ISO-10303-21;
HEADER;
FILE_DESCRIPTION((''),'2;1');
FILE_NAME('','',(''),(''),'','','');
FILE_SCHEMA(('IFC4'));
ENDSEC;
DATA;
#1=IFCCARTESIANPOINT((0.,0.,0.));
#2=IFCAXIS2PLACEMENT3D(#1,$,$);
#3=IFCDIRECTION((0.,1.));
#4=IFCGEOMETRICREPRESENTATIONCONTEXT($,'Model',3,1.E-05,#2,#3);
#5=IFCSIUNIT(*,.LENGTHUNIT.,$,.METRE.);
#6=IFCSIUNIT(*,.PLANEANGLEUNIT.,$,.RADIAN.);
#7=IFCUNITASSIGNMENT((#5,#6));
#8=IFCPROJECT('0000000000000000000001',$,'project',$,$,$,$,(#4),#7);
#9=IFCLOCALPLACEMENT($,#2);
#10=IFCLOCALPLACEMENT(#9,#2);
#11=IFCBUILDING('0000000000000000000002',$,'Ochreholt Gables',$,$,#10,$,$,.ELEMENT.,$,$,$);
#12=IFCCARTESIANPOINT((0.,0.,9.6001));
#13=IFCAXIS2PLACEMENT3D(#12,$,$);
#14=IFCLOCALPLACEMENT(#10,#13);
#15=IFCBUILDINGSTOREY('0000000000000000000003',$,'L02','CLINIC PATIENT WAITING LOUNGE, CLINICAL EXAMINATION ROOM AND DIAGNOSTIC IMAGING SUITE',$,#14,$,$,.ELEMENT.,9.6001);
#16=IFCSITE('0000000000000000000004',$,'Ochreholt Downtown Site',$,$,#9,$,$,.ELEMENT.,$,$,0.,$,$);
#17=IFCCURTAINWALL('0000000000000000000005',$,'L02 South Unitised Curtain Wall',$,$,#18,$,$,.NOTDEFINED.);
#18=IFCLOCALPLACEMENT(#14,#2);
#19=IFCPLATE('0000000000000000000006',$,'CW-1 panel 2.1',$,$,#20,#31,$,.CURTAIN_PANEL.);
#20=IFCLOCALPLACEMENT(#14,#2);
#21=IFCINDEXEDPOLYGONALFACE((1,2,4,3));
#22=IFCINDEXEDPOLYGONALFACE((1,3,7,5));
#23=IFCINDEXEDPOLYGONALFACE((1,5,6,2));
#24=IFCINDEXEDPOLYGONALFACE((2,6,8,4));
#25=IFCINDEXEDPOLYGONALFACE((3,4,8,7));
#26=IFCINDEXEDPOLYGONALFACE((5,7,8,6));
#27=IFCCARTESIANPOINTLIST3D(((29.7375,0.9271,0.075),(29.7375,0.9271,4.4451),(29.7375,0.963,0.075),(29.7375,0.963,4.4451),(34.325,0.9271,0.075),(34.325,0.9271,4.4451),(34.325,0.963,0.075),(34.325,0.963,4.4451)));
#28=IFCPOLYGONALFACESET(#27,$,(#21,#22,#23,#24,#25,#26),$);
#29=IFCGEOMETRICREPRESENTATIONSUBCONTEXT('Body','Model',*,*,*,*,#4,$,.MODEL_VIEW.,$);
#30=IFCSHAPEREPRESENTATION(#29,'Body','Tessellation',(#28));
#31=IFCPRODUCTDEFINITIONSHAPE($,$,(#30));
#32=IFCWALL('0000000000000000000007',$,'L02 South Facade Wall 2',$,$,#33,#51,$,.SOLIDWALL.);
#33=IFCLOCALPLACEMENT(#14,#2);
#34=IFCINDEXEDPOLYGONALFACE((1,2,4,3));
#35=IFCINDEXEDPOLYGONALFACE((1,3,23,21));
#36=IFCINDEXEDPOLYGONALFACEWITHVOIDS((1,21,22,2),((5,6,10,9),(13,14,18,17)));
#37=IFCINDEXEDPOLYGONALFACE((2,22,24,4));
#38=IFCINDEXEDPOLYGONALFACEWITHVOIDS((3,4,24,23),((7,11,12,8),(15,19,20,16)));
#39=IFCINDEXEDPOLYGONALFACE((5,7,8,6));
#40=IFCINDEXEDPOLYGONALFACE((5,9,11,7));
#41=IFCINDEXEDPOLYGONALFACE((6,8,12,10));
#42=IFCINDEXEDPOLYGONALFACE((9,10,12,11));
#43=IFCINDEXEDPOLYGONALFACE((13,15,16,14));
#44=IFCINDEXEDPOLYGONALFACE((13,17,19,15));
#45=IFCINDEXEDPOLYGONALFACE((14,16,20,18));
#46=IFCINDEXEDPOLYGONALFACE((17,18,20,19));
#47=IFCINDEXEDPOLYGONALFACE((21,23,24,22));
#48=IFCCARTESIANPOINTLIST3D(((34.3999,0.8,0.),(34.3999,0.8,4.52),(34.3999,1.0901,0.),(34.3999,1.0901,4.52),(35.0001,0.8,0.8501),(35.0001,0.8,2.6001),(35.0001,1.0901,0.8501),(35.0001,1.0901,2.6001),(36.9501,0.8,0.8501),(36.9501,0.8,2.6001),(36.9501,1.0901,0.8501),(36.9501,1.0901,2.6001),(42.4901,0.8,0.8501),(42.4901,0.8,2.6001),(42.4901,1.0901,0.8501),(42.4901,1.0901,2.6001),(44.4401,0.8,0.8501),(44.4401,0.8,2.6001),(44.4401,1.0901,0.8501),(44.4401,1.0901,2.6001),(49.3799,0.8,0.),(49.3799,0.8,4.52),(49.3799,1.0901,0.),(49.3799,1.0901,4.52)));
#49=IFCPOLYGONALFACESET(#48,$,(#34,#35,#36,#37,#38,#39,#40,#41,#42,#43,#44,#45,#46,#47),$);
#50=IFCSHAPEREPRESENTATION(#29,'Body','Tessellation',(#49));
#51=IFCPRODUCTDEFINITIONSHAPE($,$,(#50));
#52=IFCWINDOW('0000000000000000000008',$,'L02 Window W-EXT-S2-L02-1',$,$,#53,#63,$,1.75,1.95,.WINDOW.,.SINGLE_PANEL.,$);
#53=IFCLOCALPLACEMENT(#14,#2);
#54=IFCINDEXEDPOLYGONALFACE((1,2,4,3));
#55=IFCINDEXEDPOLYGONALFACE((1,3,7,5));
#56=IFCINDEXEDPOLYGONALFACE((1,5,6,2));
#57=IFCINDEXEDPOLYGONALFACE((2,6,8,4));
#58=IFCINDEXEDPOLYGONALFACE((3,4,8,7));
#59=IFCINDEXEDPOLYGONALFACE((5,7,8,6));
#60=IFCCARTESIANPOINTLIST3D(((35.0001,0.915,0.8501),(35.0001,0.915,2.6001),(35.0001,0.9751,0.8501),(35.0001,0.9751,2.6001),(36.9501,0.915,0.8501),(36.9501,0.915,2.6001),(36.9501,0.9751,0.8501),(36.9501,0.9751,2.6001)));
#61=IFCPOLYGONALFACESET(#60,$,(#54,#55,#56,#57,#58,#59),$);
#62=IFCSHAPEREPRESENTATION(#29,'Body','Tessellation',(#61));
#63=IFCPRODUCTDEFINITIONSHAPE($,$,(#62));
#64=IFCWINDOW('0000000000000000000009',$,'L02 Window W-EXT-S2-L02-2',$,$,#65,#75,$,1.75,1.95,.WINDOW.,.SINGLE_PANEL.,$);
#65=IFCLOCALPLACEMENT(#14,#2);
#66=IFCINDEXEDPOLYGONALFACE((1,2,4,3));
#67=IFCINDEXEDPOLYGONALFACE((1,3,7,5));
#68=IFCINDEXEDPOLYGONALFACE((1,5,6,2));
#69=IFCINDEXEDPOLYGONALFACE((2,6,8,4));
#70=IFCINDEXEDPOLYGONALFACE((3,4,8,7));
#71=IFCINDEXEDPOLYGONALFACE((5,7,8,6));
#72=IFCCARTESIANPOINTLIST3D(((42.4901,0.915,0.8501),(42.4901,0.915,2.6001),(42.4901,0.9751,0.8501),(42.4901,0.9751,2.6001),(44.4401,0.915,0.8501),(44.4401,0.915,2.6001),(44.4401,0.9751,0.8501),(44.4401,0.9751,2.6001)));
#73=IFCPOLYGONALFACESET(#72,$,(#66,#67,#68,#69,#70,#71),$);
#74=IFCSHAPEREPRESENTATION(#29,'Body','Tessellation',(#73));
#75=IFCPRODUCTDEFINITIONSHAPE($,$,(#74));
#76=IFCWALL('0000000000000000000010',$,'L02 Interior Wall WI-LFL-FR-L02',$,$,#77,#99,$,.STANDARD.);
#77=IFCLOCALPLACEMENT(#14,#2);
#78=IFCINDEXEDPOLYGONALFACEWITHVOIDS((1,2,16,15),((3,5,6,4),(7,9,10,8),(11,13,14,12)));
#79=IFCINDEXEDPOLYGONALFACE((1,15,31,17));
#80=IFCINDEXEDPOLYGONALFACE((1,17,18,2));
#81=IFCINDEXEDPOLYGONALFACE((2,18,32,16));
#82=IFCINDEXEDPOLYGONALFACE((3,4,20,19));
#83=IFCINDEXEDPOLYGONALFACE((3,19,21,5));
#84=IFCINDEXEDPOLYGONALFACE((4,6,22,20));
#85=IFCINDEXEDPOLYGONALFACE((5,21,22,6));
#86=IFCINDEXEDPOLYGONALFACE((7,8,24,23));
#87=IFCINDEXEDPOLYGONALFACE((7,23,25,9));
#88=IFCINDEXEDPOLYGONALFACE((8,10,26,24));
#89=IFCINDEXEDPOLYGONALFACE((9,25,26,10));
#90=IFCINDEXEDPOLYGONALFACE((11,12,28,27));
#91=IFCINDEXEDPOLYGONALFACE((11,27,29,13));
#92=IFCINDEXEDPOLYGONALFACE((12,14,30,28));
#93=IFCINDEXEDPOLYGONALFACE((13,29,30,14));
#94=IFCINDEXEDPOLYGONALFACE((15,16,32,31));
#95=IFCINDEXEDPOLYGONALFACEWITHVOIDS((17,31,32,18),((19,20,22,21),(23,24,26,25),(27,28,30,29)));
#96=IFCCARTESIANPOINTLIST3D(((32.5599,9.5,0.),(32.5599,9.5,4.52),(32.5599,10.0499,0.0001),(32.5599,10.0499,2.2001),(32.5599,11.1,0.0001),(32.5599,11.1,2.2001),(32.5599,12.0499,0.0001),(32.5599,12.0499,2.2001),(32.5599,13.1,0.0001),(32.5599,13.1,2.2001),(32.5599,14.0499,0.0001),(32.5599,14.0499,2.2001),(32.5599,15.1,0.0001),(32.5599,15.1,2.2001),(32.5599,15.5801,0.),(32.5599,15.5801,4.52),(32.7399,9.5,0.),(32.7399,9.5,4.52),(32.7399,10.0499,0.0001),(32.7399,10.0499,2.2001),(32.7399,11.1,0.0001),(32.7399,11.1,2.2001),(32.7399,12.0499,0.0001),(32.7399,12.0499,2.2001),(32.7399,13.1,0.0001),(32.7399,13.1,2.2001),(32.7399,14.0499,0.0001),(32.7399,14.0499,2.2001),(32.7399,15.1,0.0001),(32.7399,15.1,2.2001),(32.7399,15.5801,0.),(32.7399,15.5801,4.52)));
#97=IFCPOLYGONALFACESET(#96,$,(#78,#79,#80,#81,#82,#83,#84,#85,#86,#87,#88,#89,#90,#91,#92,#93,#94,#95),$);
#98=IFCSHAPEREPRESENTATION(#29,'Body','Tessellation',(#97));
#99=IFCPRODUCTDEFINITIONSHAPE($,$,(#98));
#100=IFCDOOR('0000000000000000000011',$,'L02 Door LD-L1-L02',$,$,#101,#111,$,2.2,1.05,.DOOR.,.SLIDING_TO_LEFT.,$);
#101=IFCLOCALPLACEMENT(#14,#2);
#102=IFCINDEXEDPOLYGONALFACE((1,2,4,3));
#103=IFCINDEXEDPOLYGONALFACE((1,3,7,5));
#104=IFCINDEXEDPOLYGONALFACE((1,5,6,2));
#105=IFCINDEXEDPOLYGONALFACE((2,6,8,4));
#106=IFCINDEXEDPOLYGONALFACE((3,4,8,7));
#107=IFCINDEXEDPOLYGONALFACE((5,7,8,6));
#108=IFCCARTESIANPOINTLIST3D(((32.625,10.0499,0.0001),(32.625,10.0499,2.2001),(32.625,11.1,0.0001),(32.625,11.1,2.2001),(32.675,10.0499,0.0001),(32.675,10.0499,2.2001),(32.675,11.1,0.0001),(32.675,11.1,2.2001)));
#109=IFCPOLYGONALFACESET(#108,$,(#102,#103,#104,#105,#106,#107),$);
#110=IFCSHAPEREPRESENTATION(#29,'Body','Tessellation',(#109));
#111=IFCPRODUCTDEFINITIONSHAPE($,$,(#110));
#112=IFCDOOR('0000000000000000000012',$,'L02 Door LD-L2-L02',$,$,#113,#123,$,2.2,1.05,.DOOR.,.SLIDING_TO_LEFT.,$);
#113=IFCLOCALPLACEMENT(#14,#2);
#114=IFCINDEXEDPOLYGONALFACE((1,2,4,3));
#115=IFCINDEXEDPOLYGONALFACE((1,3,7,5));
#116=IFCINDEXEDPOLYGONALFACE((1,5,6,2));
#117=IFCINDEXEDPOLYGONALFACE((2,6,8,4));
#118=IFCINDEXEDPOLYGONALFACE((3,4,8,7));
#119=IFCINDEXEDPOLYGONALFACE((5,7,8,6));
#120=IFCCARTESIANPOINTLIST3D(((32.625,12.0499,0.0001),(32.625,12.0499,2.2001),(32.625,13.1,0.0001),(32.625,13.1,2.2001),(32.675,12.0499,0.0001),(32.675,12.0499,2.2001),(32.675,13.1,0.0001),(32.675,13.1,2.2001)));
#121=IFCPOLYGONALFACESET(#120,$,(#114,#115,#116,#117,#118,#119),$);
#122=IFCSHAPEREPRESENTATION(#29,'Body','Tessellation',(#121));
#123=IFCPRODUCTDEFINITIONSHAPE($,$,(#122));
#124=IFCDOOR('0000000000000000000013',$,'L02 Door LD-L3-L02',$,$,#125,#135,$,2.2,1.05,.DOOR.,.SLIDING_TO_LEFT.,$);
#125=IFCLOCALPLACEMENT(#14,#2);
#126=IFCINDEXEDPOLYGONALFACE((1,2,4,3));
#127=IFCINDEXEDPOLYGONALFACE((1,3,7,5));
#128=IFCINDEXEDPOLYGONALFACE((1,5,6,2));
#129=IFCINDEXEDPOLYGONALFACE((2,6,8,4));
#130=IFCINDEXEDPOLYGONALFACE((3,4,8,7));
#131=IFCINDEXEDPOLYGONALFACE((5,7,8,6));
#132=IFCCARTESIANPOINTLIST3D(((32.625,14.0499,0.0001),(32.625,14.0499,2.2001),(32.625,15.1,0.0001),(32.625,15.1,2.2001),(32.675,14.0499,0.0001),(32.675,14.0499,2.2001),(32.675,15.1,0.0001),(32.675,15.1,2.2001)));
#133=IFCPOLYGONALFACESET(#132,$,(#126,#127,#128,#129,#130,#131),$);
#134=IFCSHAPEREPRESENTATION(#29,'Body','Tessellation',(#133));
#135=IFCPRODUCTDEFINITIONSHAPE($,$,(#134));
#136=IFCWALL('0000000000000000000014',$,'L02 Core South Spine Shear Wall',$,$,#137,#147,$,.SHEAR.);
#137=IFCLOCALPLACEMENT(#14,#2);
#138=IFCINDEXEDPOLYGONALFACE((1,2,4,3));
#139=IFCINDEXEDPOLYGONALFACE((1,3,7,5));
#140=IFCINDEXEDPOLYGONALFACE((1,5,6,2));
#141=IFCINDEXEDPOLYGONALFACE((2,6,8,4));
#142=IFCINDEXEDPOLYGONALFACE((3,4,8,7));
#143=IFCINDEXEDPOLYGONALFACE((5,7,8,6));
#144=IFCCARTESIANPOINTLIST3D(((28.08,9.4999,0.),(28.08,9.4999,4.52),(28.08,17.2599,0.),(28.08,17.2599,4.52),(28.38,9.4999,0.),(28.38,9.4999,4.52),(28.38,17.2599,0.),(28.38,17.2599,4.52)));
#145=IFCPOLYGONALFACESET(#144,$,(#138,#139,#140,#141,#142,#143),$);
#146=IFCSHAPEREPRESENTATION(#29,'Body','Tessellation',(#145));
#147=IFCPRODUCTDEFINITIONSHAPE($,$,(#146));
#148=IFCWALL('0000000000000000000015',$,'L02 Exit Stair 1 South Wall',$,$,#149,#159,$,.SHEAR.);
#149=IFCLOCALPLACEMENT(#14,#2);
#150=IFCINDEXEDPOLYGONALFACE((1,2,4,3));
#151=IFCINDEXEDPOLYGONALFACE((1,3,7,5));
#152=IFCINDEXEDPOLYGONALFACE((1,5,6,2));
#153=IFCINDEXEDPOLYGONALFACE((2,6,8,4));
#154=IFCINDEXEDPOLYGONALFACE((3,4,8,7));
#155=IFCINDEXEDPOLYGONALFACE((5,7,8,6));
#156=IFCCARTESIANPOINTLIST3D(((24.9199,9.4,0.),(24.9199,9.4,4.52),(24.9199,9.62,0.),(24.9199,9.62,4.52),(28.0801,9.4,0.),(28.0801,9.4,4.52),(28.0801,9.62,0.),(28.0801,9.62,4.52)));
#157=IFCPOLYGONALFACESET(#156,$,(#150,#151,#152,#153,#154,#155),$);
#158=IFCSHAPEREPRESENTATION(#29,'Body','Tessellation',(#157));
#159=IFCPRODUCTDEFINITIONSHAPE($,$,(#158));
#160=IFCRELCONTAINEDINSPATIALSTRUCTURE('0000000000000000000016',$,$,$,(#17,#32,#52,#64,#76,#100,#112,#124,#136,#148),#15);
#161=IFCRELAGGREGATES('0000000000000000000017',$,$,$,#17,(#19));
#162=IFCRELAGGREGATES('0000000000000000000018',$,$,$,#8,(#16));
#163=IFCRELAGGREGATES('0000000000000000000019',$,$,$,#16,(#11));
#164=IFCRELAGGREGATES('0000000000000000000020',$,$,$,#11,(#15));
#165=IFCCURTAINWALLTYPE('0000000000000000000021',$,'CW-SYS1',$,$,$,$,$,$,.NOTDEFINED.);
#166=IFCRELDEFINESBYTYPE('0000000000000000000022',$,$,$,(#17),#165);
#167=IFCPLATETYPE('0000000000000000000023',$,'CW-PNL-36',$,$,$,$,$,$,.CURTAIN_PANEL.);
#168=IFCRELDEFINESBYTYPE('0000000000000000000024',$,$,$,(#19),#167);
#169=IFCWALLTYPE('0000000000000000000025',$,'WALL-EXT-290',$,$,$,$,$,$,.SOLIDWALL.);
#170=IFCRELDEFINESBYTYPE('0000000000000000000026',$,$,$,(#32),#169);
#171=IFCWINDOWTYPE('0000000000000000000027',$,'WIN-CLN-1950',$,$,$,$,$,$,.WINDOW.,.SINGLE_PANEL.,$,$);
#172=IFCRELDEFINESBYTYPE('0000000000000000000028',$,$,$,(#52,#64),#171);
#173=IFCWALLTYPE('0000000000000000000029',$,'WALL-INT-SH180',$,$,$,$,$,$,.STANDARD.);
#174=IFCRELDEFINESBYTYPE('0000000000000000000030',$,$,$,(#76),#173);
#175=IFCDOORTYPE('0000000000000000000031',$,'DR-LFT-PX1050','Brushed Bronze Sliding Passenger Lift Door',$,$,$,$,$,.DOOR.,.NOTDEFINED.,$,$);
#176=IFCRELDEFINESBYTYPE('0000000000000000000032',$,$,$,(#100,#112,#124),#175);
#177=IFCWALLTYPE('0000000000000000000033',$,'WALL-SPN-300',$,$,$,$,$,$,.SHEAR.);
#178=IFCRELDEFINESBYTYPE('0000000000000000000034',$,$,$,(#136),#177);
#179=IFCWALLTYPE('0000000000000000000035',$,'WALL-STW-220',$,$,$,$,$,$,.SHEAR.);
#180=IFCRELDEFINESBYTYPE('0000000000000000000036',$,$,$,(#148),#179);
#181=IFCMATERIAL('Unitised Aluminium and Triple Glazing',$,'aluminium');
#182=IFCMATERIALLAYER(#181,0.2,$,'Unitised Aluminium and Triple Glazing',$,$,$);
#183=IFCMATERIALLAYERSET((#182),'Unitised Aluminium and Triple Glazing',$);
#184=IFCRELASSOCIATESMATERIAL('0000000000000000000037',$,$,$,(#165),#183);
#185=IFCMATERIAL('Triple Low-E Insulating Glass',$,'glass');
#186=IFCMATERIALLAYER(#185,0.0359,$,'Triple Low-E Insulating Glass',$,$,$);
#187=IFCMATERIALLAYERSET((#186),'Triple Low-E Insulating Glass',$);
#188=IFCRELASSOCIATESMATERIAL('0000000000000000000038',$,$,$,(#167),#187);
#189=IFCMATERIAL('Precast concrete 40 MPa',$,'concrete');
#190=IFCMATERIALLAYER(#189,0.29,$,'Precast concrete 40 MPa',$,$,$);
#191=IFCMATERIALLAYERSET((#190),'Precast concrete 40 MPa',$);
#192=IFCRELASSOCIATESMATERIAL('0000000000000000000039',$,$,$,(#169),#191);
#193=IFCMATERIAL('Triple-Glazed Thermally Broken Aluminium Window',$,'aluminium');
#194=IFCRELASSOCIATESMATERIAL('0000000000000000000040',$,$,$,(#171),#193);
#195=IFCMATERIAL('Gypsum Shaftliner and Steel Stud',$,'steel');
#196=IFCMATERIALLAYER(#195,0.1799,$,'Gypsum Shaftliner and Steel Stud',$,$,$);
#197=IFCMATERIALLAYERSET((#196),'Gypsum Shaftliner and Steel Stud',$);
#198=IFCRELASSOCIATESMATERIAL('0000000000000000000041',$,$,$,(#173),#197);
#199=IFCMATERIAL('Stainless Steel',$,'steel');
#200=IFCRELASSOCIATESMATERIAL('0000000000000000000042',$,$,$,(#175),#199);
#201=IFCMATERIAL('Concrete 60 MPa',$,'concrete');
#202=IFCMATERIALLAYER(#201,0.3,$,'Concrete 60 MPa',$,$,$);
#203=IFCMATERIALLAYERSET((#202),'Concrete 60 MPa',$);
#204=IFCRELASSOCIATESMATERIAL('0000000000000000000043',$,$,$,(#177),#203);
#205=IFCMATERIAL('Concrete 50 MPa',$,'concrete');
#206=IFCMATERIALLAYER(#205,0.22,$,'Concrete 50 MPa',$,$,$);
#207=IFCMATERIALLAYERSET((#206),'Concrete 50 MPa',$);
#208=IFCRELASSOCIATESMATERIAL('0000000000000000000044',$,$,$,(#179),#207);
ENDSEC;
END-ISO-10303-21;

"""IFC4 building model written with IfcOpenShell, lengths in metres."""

from ifc_helpers import new_model, si_unit, direction, frame, frame_2d, origin, origin_2d, place, context, subcontext, project, spatial, rectangle, extrude, material, layer, layer_set, type_object, element, fill, aggregate, save


model = new_model("IFC4")

# Units and contexts
model_context = context("Model", 3, precision=1e-05, world=origin(), true_north=direction((0.0, 1.0)))
body_context = subcontext(model_context, "Body", "Model", "MODEL_VIEW")
ifc_project = project(units=[si_unit("LENGTHUNIT", "METRE"), si_unit("PLANEANGLEUNIT", "RADIAN")], contexts=[model_context])

# Site, building, storey
site_placement = place(None, origin())
site = spatial("IfcSite", under=ifc_project, at=site_placement, Name="Ochreholt Downtown Site", CompositionType="ELEMENT", RefElevation=0.0)
building_placement = place(site_placement, origin())
building = spatial("IfcBuilding", under=site, at=building_placement, Name="Ochreholt Gables", CompositionType="ELEMENT")
storey_placement = place(building_placement, frame((0.0, 0.0, 9.6001)))
storey = spatial("IfcBuildingStorey", under=building, at=storey_placement, Name="L02", Description="CLINIC PATIENT WAITING LOUNGE, CLINICAL EXAMINATION ROOM AND DIAGNOSTIC IMAGING SUITE", CompositionType="ELEMENT", Elevation=9.6001)

# Shared definitions
ifc_material_1 = material(Name="Concrete 60 MPa", Category="concrete")

# Curtain wall, plate
ifc_material_2 = material(Name="Unitised Aluminium and Triple Glazing", Category="aluminium")
ifc_layer_1 = layer(ifc_material_2, 0.2, Name="Unitised Aluminium and Triple Glazing")
ifc_layer_set_1 = layer_set([ifc_layer_1], Name="Unitised Aluminium and Triple Glazing")
curtain_wall_type = type_object("IfcCurtainWallType", Name="CW-SYS1", PredefinedType="NOTDEFINED", material=ifc_layer_set_1)
curtain_wall_placement = place(storey_placement, origin())
curtain_wall = element("IfcCurtainWall", 1, at=curtain_wall_placement, inside=storey, type_object=curtain_wall_type, Name="L02 South Unitised Curtain Wall", PredefinedType="NOTDEFINED")
ifc_material_3 = material(Name="Triple Low-E Insulating Glass", Category="glass")
ifc_layer_2 = layer(ifc_material_3, 0.0359, Name="Triple Low-E Insulating Glass")
ifc_layer_set_2 = layer_set([ifc_layer_2], Name="Triple Low-E Insulating Glass")
plate_type = type_object("IfcPlateType", Name="CW-PNL-36", PredefinedType="CURTAIN_PANEL", material=ifc_layer_set_2)
plate_1_placement = place(storey_placement, frame((32.0312, 0.9451, 0.075), z_axis=(0.0, 0.0, 1.0), x_axis=(1.0, 0.0, 0.0)))
plate_1 = element("IfcPlate", 2, at=plate_1_placement, type_object=plate_type, Name="CW-1 panel 2.1", PredefinedType="CURTAIN_PANEL", context=body_context, shape_type="SweptSolid", body=[
    extrude(rectangle(XDim=4.5874, YDim=0.0359, at=origin_2d()), origin(), (0.0, 0.0, 1.0), 4.3701),
])
aggregate(curtain_wall, [plate_1])

# Wall, openings, windows
ifc_material_4 = material(Name="Precast concrete 40 MPa", Category="concrete")
ifc_layer_3 = layer(ifc_material_4, 0.29, Name="Precast concrete 40 MPa")
ifc_layer_set_3 = layer_set([ifc_layer_3], Name="Precast concrete 40 MPa")
wall_type_1 = type_object("IfcWallType", Name="WALL-EXT-290", PredefinedType="SOLIDWALL", material=ifc_layer_set_3)
wall_1_placement = place(storey_placement, frame((34.3999, 0.9451, 0.0), z_axis=(0.0, 0.0, 1.0), x_axis=(1.0, 0.0, 0.0)))
wall_1 = element("IfcWall", 3, at=wall_1_placement, inside=storey, type_object=wall_type_1, Name="L02 South Facade Wall 2", PredefinedType="SOLIDWALL", context=body_context, shape_type="SweptSolid", body=[
    extrude(rectangle(XDim=14.98, YDim=0.29, at=frame_2d((7.49, 0.0))), origin(), (0.0, 0.0, 1.0), 4.52),
])
opening_1_placement = place(wall_1_placement, frame((0.6001, 0.0, 0.8501)))
opening_1 = element("IfcOpeningElement", 4, at=opening_1_placement, cuts=wall_1, PredefinedType="OPENING", context=body_context, shape_type="SweptSolid", body=[
    extrude(rectangle(XDim=1.95, YDim=1.75, at=frame_2d((0.9751, 0.875))), frame((0.0, 0.155, 0.0), z_axis=(0.0, -1.0, 0.0), x_axis=(1.0, 0.0, 0.0)), (0.0, 0.0, 1.0), 0.3101),
])
opening_2_placement = place(wall_1_placement, frame((8.0901, 0.0, 0.8501)))
opening_2 = element("IfcOpeningElement", 5, at=opening_2_placement, cuts=wall_1, PredefinedType="OPENING", context=body_context, shape_type="SweptSolid", body=[
    extrude(rectangle(XDim=1.95, YDim=1.75, at=frame_2d((0.9751, 0.875))), frame((0.0, 0.155, 0.0), z_axis=(0.0, -1.0, 0.0), x_axis=(1.0, 0.0, 0.0)), (0.0, 0.0, 1.0), 0.3101),
])
ifc_material_5 = material(Name="Triple-Glazed Thermally Broken Aluminium Window", Category="aluminium")
window_type = type_object("IfcWindowType", Name="WIN-CLN-1950", PartitioningType="SINGLE_PANEL", PredefinedType="WINDOW", material=ifc_material_5)
window_1_placement = place(opening_1_placement, origin())
window_1 = element("IfcWindow", 6, at=window_1_placement, inside=storey, type_object=window_type, Name="L02 Window W-EXT-S2-L02-1", OverallHeight=1.75, OverallWidth=1.95, PartitioningType="SINGLE_PANEL", PredefinedType="WINDOW", context=body_context, shape_type="SweptSolid", body=[
    extrude(rectangle(XDim=1.95, YDim=1.75, at=frame_2d((0.9751, 0.875))), frame((0.0, 0.03, 0.0), z_axis=(0.0, -1.0, 0.0), x_axis=(1.0, 0.0, 0.0)), (0.0, 0.0, 1.0), 0.0601),
])
fill(opening_1, window_1)
window_2_placement = place(opening_2_placement, origin())
window_2 = element("IfcWindow", 7, at=window_2_placement, inside=storey, type_object=window_type, Name="L02 Window W-EXT-S2-L02-2", OverallHeight=1.75, OverallWidth=1.95, PartitioningType="SINGLE_PANEL", PredefinedType="WINDOW", context=body_context, shape_type="SweptSolid", body=[
    extrude(rectangle(XDim=1.95, YDim=1.75, at=frame_2d((0.9751, 0.875))), frame((0.0, 0.03, 0.0), z_axis=(0.0, -1.0, 0.0), x_axis=(1.0, 0.0, 0.0)), (0.0, 0.0, 1.0), 0.0601),
])
fill(opening_2, window_2)

# Wall, openings, doors
ifc_material_6 = material(Name="Gypsum Shaftliner and Steel Stud", Category="steel")
ifc_layer_4 = layer(ifc_material_6, 0.1799, Name="Gypsum Shaftliner and Steel Stud")
ifc_layer_set_4 = layer_set([ifc_layer_4], Name="Gypsum Shaftliner and Steel Stud")
wall_type_2 = type_object("IfcWallType", Name="WALL-INT-SH180", PredefinedType="STANDARD", material=ifc_layer_set_4)
wall_2_placement = place(storey_placement, frame((32.6499, 9.5, 0.0), z_axis=(0.0, 0.0, 1.0), x_axis=(0.0, 1.0, 0.0)))
wall_2 = element("IfcWall", 8, at=wall_2_placement, inside=storey, type_object=wall_type_2, Name="L02 Interior Wall WI-LFL-FR-L02", PredefinedType="STANDARD", context=body_context, shape_type="SweptSolid", body=[
    extrude(rectangle(XDim=6.0801, YDim=0.1799, at=frame_2d((3.04, 0.0))), origin(), (0.0, 0.0, 1.0), 4.52),
])
opening_3_placement = place(wall_2_placement, frame((0.55, 0.0, 0.0)))
opening_3 = element("IfcOpeningElement", 9, at=opening_3_placement, cuts=wall_2, PredefinedType="OPENING", context=body_context, shape_type="SweptSolid", body=[
    extrude(rectangle(XDim=1.05, YDim=2.2, at=frame_2d((0.5249, 1.1001))), frame((0.0, 0.0999, 0.0), z_axis=(0.0, -1.0, 0.0), x_axis=(1.0, 0.0, 0.0)), (0.0, 0.0, 1.0), 0.2),
])
opening_4_placement = place(wall_2_placement, frame((2.55, 0.0, 0.0)))
opening_4 = element("IfcOpeningElement", 10, at=opening_4_placement, cuts=wall_2, PredefinedType="OPENING", context=body_context, shape_type="SweptSolid", body=[
    extrude(rectangle(XDim=1.05, YDim=2.2, at=frame_2d((0.5249, 1.1001))), frame((0.0, 0.0999, 0.0), z_axis=(0.0, -1.0, 0.0), x_axis=(1.0, 0.0, 0.0)), (0.0, 0.0, 1.0), 0.2),
])
opening_5_placement = place(wall_2_placement, frame((4.55, 0.0, 0.0)))
opening_5 = element("IfcOpeningElement", 11, at=opening_5_placement, cuts=wall_2, PredefinedType="OPENING", context=body_context, shape_type="SweptSolid", body=[
    extrude(rectangle(XDim=1.05, YDim=2.2, at=frame_2d((0.5249, 1.1001))), frame((0.0, 0.0999, 0.0), z_axis=(0.0, -1.0, 0.0), x_axis=(1.0, 0.0, 0.0)), (0.0, 0.0, 1.0), 0.2),
])
ifc_material_7 = material(Name="Stainless Steel", Category="steel")
door_type = type_object("IfcDoorType", Name="DR-LFT-PX1050", Description="Brushed Bronze Sliding Passenger Lift Door", OperationType="NOTDEFINED", PredefinedType="DOOR", material=ifc_material_7)
door_1_placement = place(opening_3_placement, origin())
door_1 = element("IfcDoor", 12, at=door_1_placement, inside=storey, type_object=door_type, Name="L02 Door LD-L1-L02", OperationType="SLIDING_TO_LEFT", OverallHeight=2.2, OverallWidth=1.05, PredefinedType="DOOR", context=body_context, shape_type="SweptSolid", body=[
    extrude(rectangle(XDim=1.05, YDim=2.2, at=frame_2d((0.5249, 1.1001))), frame((0.0, 0.0249, 0.0), z_axis=(0.0, -1.0, 0.0), x_axis=(1.0, 0.0, 0.0)), (0.0, 0.0, 1.0), 0.05),
])
fill(opening_3, door_1)
door_2_placement = place(opening_4_placement, origin())
door_2 = element("IfcDoor", 13, at=door_2_placement, inside=storey, type_object=door_type, Name="L02 Door LD-L2-L02", OperationType="SLIDING_TO_LEFT", OverallHeight=2.2, OverallWidth=1.05, PredefinedType="DOOR", context=body_context, shape_type="SweptSolid", body=[
    extrude(rectangle(XDim=1.05, YDim=2.2, at=frame_2d((0.5249, 1.1001))), frame((0.0, 0.0249, 0.0), z_axis=(0.0, -1.0, 0.0), x_axis=(1.0, 0.0, 0.0)), (0.0, 0.0, 1.0), 0.05),
])
fill(opening_4, door_2)
door_3_placement = place(opening_5_placement, origin())
door_3 = element("IfcDoor", 14, at=door_3_placement, inside=storey, type_object=door_type, Name="L02 Door LD-L3-L02", OperationType="SLIDING_TO_LEFT", OverallHeight=2.2, OverallWidth=1.05, PredefinedType="DOOR", context=body_context, shape_type="SweptSolid", body=[
    extrude(rectangle(XDim=1.05, YDim=2.2, at=frame_2d((0.5249, 1.1001))), frame((0.0, 0.0249, 0.0), z_axis=(0.0, -1.0, 0.0), x_axis=(1.0, 0.0, 0.0)), (0.0, 0.0, 1.0), 0.05),
])
fill(opening_5, door_3)

# Walls
ifc_layer_5 = layer(ifc_material_1, 0.3, Name="Concrete 60 MPa")
ifc_layer_set_5 = layer_set([ifc_layer_5], Name="Concrete 60 MPa")
wall_type_3 = type_object("IfcWallType", Name="WALL-SPN-300", PredefinedType="SHEAR", material=ifc_layer_set_5)
wall_3_placement = place(storey_placement, frame((28.23, 9.5, 0.0), z_axis=(0.0, 0.0, 1.0), x_axis=(0.0, 1.0, 0.0)))
element("IfcWall", 15, at=wall_3_placement, inside=storey, type_object=wall_type_3, Name="L02 Core South Spine Shear Wall", PredefinedType="SHEAR", context=body_context, shape_type="SweptSolid", body=[
    extrude(rectangle(XDim=7.76, YDim=0.3, at=frame_2d((3.8799, 0.0))), origin(), (0.0, 0.0, 1.0), 4.52),
])
ifc_material_8 = material(Name="Concrete 50 MPa", Category="concrete")
ifc_layer_6 = layer(ifc_material_8, 0.22, Name="Concrete 50 MPa")
ifc_layer_set_6 = layer_set([ifc_layer_6], Name="Concrete 50 MPa")
wall_type_4 = type_object("IfcWallType", Name="WALL-STW-220", PredefinedType="SHEAR", material=ifc_layer_set_6)
wall_4_placement = place(storey_placement, frame((24.9199, 9.51, 0.0), z_axis=(0.0, 0.0, 1.0), x_axis=(1.0, 0.0, 0.0)))
element("IfcWall", 16, at=wall_4_placement, inside=storey, type_object=wall_type_4, Name="L02 Exit Stair 1 South Wall", PredefinedType="SHEAR", context=body_context, shape_type="SweptSolid", body=[
    extrude(rectangle(XDim=3.1602, YDim=0.22, at=frame_2d((1.5801, 0.0))), origin(), (0.0, 0.0, 1.0), 4.52),
])

save(model, "model.ifc")
